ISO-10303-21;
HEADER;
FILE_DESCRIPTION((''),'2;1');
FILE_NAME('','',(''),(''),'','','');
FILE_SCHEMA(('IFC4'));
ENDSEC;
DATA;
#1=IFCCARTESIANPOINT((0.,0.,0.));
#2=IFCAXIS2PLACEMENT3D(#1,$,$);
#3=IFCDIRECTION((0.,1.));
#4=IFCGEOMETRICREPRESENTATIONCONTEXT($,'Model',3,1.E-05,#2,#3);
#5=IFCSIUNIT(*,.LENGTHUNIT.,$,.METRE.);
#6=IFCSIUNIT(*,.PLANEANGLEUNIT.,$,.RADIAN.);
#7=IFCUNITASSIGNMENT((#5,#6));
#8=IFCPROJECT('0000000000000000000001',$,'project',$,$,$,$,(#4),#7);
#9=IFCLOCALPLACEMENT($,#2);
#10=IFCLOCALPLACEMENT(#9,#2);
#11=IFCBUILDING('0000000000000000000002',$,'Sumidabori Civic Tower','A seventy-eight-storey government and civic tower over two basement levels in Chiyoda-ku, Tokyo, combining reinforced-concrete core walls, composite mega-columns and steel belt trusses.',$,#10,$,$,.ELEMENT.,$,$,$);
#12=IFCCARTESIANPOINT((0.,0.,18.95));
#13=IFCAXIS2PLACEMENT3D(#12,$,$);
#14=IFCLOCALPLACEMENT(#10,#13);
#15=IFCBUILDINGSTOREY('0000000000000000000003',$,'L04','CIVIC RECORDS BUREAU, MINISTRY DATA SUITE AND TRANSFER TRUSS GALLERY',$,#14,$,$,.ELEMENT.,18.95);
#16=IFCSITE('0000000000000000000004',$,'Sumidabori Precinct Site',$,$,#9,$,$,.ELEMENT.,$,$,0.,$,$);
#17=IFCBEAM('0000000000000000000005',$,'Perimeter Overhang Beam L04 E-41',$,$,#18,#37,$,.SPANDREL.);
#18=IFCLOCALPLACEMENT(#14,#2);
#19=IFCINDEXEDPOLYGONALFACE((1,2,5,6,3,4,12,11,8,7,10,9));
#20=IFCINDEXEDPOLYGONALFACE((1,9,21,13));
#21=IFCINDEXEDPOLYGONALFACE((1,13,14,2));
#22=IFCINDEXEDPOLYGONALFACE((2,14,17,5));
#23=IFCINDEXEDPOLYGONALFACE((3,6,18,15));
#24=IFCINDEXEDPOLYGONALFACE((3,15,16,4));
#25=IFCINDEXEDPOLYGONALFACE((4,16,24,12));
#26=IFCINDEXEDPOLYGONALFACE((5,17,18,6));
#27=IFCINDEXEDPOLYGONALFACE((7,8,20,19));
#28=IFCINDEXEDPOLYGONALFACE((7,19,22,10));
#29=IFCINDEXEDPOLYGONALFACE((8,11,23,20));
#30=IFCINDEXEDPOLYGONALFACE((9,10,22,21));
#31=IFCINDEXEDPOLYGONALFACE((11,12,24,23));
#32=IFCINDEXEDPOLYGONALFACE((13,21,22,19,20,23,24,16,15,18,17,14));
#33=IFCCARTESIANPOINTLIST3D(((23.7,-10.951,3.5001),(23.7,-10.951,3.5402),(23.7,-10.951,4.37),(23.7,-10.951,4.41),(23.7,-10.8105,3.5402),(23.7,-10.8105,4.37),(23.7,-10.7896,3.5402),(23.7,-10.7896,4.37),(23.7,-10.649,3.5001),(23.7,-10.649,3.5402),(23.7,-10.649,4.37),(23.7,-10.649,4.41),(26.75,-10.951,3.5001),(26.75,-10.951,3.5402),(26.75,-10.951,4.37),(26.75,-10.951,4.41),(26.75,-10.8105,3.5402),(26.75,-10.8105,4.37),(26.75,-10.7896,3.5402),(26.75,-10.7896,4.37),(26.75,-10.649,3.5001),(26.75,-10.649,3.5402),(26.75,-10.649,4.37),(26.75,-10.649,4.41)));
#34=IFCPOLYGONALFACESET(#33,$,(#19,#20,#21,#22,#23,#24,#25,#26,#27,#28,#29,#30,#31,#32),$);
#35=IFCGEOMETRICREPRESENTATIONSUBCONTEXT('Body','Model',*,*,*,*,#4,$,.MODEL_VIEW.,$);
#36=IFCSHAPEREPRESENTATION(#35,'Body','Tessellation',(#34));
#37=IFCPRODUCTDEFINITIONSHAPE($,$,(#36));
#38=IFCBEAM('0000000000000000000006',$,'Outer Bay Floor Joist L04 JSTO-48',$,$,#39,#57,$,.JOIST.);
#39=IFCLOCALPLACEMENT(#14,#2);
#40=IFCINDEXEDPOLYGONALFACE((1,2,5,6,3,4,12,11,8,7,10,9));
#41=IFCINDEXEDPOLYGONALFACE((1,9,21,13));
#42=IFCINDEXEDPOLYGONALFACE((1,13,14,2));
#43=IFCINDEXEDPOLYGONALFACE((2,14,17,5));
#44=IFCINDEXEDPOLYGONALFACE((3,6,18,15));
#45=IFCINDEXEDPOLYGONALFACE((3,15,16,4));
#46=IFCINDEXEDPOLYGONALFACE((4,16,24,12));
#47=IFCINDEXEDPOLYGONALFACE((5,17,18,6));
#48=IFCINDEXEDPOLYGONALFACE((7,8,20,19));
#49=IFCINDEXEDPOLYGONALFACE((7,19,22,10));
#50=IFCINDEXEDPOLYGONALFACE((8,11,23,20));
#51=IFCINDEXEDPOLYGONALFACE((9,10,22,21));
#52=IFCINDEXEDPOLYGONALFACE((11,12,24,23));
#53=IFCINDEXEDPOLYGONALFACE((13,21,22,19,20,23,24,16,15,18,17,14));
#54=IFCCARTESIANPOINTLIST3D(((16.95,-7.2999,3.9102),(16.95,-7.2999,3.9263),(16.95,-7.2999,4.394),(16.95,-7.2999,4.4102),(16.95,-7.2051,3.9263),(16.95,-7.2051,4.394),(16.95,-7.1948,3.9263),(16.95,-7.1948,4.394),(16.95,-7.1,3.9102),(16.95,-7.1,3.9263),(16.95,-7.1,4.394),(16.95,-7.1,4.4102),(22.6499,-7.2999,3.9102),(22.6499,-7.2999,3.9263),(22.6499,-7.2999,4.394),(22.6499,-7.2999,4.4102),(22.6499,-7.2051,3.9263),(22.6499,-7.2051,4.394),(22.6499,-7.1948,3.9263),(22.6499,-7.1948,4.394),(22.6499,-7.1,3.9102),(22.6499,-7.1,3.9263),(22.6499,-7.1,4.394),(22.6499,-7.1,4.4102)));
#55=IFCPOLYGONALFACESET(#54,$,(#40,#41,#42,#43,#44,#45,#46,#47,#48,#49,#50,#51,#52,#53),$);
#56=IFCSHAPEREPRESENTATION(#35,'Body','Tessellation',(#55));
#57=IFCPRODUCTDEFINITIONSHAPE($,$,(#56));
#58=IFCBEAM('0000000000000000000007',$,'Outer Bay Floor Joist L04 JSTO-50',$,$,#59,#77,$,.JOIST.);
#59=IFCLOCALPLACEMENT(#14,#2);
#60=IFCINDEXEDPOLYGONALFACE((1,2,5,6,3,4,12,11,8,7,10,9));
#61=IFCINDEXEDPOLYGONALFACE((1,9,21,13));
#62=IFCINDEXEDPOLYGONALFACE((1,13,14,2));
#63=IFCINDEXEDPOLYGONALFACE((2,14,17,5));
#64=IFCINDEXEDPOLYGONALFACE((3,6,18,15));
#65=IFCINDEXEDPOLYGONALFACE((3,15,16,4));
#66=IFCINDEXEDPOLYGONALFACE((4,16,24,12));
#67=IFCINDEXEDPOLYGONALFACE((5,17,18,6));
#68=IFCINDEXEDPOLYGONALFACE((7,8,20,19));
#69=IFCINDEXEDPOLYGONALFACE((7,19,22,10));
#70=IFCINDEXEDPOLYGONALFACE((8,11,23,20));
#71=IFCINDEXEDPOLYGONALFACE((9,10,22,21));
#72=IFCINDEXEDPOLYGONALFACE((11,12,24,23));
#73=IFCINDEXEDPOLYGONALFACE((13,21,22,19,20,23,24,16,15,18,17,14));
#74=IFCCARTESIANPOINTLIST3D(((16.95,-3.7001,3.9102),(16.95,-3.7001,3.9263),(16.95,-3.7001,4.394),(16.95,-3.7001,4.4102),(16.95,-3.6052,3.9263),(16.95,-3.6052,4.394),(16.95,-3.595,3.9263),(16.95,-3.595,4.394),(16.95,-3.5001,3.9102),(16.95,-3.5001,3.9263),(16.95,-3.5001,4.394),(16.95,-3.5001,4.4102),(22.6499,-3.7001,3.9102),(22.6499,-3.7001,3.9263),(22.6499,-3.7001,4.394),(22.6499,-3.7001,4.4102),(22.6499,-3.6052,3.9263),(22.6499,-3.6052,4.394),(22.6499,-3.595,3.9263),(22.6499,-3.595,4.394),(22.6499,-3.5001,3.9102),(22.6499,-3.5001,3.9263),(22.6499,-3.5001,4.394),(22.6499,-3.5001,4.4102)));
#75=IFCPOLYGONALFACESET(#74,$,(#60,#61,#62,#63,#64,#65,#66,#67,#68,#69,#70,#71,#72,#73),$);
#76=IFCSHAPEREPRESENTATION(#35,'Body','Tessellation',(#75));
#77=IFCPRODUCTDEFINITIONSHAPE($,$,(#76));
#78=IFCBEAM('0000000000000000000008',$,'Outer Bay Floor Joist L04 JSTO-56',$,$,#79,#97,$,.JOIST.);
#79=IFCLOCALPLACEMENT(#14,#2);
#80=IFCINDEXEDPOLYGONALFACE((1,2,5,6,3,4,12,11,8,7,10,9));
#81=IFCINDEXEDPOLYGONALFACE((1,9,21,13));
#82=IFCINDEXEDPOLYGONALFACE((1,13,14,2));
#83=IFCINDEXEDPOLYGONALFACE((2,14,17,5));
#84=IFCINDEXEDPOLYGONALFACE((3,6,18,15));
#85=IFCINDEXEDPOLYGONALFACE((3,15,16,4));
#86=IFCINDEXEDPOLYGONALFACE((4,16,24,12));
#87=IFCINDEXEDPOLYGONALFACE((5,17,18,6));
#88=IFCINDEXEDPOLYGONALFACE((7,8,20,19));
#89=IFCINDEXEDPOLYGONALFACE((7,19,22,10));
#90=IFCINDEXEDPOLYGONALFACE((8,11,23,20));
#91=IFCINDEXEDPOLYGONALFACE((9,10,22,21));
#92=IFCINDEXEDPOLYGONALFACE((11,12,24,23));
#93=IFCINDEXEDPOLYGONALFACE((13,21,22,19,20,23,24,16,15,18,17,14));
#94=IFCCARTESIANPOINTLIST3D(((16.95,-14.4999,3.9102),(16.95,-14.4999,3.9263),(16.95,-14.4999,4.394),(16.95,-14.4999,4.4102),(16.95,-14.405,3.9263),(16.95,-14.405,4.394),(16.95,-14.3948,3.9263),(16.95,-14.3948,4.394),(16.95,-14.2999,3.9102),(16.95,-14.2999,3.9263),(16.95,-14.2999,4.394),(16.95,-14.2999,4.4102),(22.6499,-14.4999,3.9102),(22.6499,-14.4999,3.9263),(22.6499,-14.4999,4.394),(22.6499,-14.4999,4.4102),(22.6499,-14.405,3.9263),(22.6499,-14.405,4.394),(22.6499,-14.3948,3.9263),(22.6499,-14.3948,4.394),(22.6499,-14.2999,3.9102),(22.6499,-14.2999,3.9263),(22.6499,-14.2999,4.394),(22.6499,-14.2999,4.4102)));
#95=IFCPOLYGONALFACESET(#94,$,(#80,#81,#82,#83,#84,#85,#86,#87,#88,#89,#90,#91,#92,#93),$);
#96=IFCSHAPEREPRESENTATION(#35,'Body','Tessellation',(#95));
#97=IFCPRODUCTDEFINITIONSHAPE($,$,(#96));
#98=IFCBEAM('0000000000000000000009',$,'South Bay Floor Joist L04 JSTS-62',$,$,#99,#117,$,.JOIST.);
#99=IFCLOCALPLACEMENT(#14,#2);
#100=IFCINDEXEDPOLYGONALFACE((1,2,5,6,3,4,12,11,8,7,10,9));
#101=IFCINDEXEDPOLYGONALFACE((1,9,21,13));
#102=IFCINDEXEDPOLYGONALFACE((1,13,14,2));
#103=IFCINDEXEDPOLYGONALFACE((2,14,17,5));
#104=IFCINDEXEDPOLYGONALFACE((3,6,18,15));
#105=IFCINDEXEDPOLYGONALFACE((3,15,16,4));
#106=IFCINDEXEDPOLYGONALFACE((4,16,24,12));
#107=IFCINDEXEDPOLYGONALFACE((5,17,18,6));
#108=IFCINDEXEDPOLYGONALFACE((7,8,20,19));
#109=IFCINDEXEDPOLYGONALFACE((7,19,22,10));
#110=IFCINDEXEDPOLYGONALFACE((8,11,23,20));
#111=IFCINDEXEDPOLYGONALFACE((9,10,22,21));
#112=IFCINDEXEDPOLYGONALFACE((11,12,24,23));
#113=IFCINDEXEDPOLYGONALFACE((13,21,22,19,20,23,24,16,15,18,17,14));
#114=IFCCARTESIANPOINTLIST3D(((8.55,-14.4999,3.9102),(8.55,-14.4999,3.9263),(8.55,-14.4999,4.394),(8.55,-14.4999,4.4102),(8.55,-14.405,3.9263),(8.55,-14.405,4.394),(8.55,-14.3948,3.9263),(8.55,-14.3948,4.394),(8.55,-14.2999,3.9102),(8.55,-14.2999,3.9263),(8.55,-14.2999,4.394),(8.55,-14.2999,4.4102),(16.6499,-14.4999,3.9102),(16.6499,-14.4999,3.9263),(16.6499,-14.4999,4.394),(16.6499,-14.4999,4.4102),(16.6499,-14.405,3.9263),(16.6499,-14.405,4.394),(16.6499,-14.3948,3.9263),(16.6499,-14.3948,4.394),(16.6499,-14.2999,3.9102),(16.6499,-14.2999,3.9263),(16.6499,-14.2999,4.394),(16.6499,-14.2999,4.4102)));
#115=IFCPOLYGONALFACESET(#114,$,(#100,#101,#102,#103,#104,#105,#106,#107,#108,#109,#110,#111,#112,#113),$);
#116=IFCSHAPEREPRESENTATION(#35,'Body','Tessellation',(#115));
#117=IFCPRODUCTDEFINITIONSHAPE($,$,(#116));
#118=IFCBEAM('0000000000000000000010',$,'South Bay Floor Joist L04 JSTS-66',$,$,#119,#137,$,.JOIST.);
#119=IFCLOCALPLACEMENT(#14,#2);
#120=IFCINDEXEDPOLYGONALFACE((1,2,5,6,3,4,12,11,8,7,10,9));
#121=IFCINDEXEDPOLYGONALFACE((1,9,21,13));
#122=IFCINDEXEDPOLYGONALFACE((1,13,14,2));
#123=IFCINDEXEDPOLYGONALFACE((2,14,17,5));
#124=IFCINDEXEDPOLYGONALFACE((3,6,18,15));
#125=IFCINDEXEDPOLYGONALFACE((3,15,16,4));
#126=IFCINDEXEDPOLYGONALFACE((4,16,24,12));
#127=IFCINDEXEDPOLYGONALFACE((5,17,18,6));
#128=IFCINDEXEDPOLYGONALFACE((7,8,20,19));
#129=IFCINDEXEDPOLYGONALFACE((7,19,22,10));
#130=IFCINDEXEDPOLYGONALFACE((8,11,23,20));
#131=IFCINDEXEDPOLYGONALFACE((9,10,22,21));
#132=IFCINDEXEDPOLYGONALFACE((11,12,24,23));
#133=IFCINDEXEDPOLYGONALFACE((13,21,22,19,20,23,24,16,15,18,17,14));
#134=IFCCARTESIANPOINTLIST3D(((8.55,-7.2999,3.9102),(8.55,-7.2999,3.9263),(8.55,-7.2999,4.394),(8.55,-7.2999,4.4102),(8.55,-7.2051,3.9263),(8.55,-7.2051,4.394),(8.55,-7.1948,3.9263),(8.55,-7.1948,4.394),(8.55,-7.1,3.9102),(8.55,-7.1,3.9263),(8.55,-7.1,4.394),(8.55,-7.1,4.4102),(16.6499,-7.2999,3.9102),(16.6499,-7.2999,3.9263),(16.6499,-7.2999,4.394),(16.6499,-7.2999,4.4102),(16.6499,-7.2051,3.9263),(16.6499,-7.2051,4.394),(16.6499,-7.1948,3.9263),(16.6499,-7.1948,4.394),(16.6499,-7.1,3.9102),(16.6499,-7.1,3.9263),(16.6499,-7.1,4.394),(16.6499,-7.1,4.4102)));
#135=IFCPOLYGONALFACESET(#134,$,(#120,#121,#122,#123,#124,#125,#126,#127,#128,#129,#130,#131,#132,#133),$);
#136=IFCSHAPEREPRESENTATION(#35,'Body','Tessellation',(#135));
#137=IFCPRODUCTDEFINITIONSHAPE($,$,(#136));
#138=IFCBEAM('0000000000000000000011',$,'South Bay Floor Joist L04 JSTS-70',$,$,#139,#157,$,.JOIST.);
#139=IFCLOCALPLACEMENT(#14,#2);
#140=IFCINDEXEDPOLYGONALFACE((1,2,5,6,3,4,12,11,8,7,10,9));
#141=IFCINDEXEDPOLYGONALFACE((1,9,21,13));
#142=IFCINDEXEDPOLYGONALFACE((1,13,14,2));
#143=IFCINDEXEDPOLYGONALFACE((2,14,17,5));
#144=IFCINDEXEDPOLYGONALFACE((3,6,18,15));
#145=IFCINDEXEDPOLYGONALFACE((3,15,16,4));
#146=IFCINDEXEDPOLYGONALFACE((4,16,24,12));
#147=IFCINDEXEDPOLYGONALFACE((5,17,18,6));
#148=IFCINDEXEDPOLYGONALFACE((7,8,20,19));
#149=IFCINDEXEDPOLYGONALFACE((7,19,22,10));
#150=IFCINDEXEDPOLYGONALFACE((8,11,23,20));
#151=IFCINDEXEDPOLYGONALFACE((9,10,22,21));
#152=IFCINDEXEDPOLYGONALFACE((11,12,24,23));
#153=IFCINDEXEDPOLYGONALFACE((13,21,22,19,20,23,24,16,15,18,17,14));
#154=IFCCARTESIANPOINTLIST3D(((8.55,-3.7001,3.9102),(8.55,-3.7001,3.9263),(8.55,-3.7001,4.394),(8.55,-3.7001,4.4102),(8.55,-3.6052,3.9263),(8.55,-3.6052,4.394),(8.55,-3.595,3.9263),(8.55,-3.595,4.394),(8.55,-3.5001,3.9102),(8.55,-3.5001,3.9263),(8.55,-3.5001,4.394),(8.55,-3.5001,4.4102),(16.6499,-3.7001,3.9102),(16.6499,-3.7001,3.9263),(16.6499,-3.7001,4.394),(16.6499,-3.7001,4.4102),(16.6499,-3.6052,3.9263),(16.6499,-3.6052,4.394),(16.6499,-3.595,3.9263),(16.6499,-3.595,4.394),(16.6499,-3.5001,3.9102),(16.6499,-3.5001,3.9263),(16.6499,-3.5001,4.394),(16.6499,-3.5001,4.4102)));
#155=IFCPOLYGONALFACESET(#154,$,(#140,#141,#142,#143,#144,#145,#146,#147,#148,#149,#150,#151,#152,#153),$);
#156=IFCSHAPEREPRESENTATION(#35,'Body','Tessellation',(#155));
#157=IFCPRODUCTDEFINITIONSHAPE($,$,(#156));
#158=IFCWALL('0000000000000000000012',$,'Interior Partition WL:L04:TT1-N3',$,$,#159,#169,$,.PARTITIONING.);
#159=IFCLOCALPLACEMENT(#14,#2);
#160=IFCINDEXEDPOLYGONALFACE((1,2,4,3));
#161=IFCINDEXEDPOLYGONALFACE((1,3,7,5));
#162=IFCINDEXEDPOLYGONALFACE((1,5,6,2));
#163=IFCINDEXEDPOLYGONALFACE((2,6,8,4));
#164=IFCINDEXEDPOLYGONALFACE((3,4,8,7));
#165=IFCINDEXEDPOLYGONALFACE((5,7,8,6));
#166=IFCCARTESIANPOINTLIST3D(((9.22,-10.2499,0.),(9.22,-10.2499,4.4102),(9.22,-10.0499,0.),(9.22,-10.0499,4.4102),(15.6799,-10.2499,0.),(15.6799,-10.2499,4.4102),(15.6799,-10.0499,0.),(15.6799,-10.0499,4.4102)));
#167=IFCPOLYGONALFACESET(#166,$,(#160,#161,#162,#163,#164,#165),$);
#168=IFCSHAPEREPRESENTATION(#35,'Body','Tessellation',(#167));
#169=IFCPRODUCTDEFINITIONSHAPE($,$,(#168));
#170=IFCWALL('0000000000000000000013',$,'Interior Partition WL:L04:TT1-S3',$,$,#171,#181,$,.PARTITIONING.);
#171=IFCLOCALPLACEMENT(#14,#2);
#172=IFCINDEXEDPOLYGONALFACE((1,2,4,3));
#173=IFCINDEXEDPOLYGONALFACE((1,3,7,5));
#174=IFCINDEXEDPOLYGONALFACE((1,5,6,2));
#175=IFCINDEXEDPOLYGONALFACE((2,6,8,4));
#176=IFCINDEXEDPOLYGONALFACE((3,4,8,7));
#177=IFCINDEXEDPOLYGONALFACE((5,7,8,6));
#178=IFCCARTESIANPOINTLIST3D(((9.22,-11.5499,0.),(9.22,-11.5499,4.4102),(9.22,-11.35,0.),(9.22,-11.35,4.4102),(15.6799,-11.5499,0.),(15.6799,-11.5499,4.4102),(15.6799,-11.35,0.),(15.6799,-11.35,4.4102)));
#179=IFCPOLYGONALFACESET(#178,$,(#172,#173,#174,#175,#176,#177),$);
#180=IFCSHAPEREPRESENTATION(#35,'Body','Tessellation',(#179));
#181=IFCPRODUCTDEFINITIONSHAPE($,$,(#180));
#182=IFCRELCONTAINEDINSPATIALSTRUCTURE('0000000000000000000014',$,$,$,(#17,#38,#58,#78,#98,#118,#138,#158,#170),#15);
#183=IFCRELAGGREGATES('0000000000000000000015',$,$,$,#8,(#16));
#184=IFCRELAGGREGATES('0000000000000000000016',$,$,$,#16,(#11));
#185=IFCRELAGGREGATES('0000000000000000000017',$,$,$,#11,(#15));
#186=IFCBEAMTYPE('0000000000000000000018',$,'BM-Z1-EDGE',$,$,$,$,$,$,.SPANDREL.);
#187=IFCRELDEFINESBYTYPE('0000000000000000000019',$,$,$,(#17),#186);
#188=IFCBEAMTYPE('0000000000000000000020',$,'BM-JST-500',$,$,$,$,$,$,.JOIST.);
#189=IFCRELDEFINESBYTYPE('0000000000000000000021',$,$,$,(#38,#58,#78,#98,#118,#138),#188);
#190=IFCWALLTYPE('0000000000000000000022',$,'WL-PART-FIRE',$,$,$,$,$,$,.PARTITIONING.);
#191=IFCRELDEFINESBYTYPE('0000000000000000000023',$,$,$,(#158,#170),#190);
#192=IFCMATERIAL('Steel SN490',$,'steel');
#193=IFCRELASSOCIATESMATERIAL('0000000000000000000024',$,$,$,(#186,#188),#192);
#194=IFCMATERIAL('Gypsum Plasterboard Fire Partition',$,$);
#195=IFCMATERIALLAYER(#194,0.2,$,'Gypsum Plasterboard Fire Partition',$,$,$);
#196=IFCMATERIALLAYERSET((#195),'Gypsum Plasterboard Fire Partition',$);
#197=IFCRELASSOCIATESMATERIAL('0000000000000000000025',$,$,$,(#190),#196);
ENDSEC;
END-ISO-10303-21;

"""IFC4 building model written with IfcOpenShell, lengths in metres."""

from ifc_helpers import new_model, si_unit, direction, frame, frame_2d, origin, origin_2d, place, context, subcontext, project, spatial, rectangle, i_section, extrude, source, transform, mapped, material, layer, layer_set, material_profile, profile_set, type_object, element, save


model = new_model("IFC4")

# Units and contexts
model_context = context("Model", 3, precision=1e-05, world=origin(), true_north=direction((0.0, 1.0)))
body_context = subcontext(model_context, "Body", "Model", "MODEL_VIEW")
ifc_project = project(units=[si_unit("LENGTHUNIT", "METRE"), si_unit("PLANEANGLEUNIT", "RADIAN")], contexts=[model_context])

# Site, building, storey
site_placement = place(None, origin())
site = spatial("IfcSite", under=ifc_project, at=site_placement, Name="Sumidabori Precinct Site", CompositionType="ELEMENT", RefElevation=0.0)
building_placement = place(site_placement, origin())
building = spatial("IfcBuilding", under=site, at=building_placement, Name="Sumidabori Civic Tower", Description="A seventy-eight-storey government and civic tower over two basement levels in Chiyoda-ku, Tokyo, combining reinforced-concrete core walls, composite mega-columns and steel belt trusses.", CompositionType="ELEMENT")
storey_placement = place(building_placement, frame((0.0, 0.0, 18.95)))
storey = spatial("IfcBuildingStorey", under=building, at=storey_placement, Name="L04", Description="CIVIC RECORDS BUREAU, MINISTRY DATA SUITE AND TRANSFER TRUSS GALLERY", CompositionType="ELEMENT", Elevation=18.95)

# Beams
ifc_material_1 = material(Name="Steel SN490", Category="steel")
ifc_material_profile_1 = material_profile(ifc_material_1, i_section(OverallWidth=0.302, OverallDepth=0.9099, WebThickness=0.021, FlangeThickness=0.04, at=origin_2d()), Name="HE 900 M")
ifc_profile_set_1 = profile_set([ifc_material_profile_1], Name="Steel SN490")
beam_type_1 = type_object("IfcBeamType", Name="BM-Z1-EDGE", PredefinedType="SPANDREL", material=ifc_profile_set_1)
shared_shape_1 = source(origin(), body_context, "Body", "SweptSolid", [
    extrude(i_section(OverallWidth=0.302, OverallDepth=0.9099, WebThickness=0.021, FlangeThickness=0.04, at=origin_2d()), origin(), (0.0, 0.0, 1.0), 3.05),
])
beam_1_placement = place(storey_placement, frame((23.7, -10.8, 3.9551), z_axis=(1.0, 0.0, 0.0), x_axis=(0.0, 1.0, 0.0)))
element("IfcBeam", 1, at=beam_1_placement, inside=storey, type_object=beam_type_1, Name="Perimeter Overhang Beam L04 E-41", PredefinedType="SPANDREL", context=body_context, shape_type="MappedRepresentation", body=[
    mapped(shared_shape_1, transform((0.0, 0.0, 0.0), x_axis=(1.0, 0.0, 0.0), y_axis=(0.0, 1.0, 0.0), z_axis=(0.0, 0.0, 1.0), scale=1.0)),
])
ifc_material_profile_2 = material_profile(ifc_material_1, i_section(OverallWidth=0.2, OverallDepth=0.5, WebThickness=0.0103, FlangeThickness=0.0161, at=origin_2d()), Name="IPE 500")
ifc_profile_set_2 = profile_set([ifc_material_profile_2], Name="Steel SN490")
beam_type_2 = type_object("IfcBeamType", Name="BM-JST-500", PredefinedType="JOIST", material=ifc_profile_set_2)
shared_shape_2 = source(origin(), body_context, "Body", "SweptSolid", [
    extrude(i_section(OverallWidth=0.2, OverallDepth=0.5, WebThickness=0.0103, FlangeThickness=0.0161, at=origin_2d()), origin(), (0.0, 0.0, 1.0), 5.7),
])
for number, where, z_axis, x_axis, name in (
    (2, (16.95, -7.2, 4.1602), (1.0, 0.0, 0.0), (0.0, 1.0, 0.0), "Outer Bay Floor Joist L04 JSTO-48"),
    (3, (16.95, -3.6001, 4.1602), (1.0, 0.0, 0.0), (0.0, 1.0, 0.0), "Outer Bay Floor Joist L04 JSTO-50"),
    (4, (16.95, -14.3999, 4.1602), (1.0, 0.0, 0.0), (0.0, 1.0, 0.0), "Outer Bay Floor Joist L04 JSTO-56"),
):
    element("IfcBeam", number, at=place(storey_placement, frame(where, z_axis=z_axis, x_axis=x_axis)), inside=storey, type_object=beam_type_2, Name=name, PredefinedType="JOIST", context=body_context, shape_type="MappedRepresentation", body=[
        mapped(shared_shape_2, transform((0.0, 0.0, 0.0), x_axis=(1.0, 0.0, 0.0), y_axis=(0.0, 1.0, 0.0), z_axis=(0.0, 0.0, 1.0), scale=1.0)),
    ])
shared_shape_3 = source(origin(), body_context, "Body", "SweptSolid", [
    extrude(i_section(OverallWidth=0.2, OverallDepth=0.5, WebThickness=0.0103, FlangeThickness=0.0161, at=origin_2d()), origin(), (0.0, 0.0, 1.0), 8.0999),
])
for number, where, z_axis, x_axis, name in (
    (5, (8.55, -14.3999, 4.1602), (1.0, 0.0, 0.0), (0.0, 1.0, 0.0), "South Bay Floor Joist L04 JSTS-62"),
    (6, (8.55, -7.2, 4.1602), (1.0, 0.0, 0.0), (0.0, 1.0, 0.0), "South Bay Floor Joist L04 JSTS-66"),
    (7, (8.55, -3.6001, 4.1602), (1.0, 0.0, 0.0), (0.0, 1.0, 0.0), "South Bay Floor Joist L04 JSTS-70"),
):
    element("IfcBeam", number, at=place(storey_placement, frame(where, z_axis=z_axis, x_axis=x_axis)), inside=storey, type_object=beam_type_2, Name=name, PredefinedType="JOIST", context=body_context, shape_type="MappedRepresentation", body=[
        mapped(shared_shape_3, transform((0.0, 0.0, 0.0), x_axis=(1.0, 0.0, 0.0), y_axis=(0.0, 1.0, 0.0), z_axis=(0.0, 0.0, 1.0), scale=1.0)),
    ])

# Walls
ifc_material_2 = material(Name="Gypsum Plasterboard Fire Partition")
ifc_layer = layer(ifc_material_2, 0.2, Name="Gypsum Plasterboard Fire Partition")
ifc_layer_set = layer_set([ifc_layer], Name="Gypsum Plasterboard Fire Partition")
wall_type = type_object("IfcWallType", Name="WL-PART-FIRE", PredefinedType="PARTITIONING", material=ifc_layer_set)
shared_shape_4 = source(origin(), body_context, "Body", "SweptSolid", [
    extrude(rectangle(XDim=6.46, YDim=0.2, at=frame_2d((3.23, 0.0))), origin(), (0.0, 0.0, 1.0), 4.4102),
])
for number, where, z_axis, x_axis, name in (
    (8, (9.22, -10.1499, 0.0), (0.0, 0.0, 1.0), (1.0, 0.0, 0.0), "Interior Partition WL:L04:TT1-N3"),
    (9, (9.22, -11.45, 0.0), (0.0, 0.0, 1.0), (1.0, 0.0, 0.0), "Interior Partition WL:L04:TT1-S3"),
):
    element("IfcWall", number, at=place(storey_placement, frame(where, z_axis=z_axis, x_axis=x_axis)), inside=storey, type_object=wall_type, Name=name, PredefinedType="PARTITIONING", context=body_context, shape_type="MappedRepresentation", body=[
        mapped(shared_shape_4, transform((0.0, 0.0, 0.0), x_axis=(1.0, 0.0, 0.0), y_axis=(0.0, 1.0, 0.0), z_axis=(0.0, 0.0, 1.0), scale=1.0)),
    ])

save(model, "model.ifc")
